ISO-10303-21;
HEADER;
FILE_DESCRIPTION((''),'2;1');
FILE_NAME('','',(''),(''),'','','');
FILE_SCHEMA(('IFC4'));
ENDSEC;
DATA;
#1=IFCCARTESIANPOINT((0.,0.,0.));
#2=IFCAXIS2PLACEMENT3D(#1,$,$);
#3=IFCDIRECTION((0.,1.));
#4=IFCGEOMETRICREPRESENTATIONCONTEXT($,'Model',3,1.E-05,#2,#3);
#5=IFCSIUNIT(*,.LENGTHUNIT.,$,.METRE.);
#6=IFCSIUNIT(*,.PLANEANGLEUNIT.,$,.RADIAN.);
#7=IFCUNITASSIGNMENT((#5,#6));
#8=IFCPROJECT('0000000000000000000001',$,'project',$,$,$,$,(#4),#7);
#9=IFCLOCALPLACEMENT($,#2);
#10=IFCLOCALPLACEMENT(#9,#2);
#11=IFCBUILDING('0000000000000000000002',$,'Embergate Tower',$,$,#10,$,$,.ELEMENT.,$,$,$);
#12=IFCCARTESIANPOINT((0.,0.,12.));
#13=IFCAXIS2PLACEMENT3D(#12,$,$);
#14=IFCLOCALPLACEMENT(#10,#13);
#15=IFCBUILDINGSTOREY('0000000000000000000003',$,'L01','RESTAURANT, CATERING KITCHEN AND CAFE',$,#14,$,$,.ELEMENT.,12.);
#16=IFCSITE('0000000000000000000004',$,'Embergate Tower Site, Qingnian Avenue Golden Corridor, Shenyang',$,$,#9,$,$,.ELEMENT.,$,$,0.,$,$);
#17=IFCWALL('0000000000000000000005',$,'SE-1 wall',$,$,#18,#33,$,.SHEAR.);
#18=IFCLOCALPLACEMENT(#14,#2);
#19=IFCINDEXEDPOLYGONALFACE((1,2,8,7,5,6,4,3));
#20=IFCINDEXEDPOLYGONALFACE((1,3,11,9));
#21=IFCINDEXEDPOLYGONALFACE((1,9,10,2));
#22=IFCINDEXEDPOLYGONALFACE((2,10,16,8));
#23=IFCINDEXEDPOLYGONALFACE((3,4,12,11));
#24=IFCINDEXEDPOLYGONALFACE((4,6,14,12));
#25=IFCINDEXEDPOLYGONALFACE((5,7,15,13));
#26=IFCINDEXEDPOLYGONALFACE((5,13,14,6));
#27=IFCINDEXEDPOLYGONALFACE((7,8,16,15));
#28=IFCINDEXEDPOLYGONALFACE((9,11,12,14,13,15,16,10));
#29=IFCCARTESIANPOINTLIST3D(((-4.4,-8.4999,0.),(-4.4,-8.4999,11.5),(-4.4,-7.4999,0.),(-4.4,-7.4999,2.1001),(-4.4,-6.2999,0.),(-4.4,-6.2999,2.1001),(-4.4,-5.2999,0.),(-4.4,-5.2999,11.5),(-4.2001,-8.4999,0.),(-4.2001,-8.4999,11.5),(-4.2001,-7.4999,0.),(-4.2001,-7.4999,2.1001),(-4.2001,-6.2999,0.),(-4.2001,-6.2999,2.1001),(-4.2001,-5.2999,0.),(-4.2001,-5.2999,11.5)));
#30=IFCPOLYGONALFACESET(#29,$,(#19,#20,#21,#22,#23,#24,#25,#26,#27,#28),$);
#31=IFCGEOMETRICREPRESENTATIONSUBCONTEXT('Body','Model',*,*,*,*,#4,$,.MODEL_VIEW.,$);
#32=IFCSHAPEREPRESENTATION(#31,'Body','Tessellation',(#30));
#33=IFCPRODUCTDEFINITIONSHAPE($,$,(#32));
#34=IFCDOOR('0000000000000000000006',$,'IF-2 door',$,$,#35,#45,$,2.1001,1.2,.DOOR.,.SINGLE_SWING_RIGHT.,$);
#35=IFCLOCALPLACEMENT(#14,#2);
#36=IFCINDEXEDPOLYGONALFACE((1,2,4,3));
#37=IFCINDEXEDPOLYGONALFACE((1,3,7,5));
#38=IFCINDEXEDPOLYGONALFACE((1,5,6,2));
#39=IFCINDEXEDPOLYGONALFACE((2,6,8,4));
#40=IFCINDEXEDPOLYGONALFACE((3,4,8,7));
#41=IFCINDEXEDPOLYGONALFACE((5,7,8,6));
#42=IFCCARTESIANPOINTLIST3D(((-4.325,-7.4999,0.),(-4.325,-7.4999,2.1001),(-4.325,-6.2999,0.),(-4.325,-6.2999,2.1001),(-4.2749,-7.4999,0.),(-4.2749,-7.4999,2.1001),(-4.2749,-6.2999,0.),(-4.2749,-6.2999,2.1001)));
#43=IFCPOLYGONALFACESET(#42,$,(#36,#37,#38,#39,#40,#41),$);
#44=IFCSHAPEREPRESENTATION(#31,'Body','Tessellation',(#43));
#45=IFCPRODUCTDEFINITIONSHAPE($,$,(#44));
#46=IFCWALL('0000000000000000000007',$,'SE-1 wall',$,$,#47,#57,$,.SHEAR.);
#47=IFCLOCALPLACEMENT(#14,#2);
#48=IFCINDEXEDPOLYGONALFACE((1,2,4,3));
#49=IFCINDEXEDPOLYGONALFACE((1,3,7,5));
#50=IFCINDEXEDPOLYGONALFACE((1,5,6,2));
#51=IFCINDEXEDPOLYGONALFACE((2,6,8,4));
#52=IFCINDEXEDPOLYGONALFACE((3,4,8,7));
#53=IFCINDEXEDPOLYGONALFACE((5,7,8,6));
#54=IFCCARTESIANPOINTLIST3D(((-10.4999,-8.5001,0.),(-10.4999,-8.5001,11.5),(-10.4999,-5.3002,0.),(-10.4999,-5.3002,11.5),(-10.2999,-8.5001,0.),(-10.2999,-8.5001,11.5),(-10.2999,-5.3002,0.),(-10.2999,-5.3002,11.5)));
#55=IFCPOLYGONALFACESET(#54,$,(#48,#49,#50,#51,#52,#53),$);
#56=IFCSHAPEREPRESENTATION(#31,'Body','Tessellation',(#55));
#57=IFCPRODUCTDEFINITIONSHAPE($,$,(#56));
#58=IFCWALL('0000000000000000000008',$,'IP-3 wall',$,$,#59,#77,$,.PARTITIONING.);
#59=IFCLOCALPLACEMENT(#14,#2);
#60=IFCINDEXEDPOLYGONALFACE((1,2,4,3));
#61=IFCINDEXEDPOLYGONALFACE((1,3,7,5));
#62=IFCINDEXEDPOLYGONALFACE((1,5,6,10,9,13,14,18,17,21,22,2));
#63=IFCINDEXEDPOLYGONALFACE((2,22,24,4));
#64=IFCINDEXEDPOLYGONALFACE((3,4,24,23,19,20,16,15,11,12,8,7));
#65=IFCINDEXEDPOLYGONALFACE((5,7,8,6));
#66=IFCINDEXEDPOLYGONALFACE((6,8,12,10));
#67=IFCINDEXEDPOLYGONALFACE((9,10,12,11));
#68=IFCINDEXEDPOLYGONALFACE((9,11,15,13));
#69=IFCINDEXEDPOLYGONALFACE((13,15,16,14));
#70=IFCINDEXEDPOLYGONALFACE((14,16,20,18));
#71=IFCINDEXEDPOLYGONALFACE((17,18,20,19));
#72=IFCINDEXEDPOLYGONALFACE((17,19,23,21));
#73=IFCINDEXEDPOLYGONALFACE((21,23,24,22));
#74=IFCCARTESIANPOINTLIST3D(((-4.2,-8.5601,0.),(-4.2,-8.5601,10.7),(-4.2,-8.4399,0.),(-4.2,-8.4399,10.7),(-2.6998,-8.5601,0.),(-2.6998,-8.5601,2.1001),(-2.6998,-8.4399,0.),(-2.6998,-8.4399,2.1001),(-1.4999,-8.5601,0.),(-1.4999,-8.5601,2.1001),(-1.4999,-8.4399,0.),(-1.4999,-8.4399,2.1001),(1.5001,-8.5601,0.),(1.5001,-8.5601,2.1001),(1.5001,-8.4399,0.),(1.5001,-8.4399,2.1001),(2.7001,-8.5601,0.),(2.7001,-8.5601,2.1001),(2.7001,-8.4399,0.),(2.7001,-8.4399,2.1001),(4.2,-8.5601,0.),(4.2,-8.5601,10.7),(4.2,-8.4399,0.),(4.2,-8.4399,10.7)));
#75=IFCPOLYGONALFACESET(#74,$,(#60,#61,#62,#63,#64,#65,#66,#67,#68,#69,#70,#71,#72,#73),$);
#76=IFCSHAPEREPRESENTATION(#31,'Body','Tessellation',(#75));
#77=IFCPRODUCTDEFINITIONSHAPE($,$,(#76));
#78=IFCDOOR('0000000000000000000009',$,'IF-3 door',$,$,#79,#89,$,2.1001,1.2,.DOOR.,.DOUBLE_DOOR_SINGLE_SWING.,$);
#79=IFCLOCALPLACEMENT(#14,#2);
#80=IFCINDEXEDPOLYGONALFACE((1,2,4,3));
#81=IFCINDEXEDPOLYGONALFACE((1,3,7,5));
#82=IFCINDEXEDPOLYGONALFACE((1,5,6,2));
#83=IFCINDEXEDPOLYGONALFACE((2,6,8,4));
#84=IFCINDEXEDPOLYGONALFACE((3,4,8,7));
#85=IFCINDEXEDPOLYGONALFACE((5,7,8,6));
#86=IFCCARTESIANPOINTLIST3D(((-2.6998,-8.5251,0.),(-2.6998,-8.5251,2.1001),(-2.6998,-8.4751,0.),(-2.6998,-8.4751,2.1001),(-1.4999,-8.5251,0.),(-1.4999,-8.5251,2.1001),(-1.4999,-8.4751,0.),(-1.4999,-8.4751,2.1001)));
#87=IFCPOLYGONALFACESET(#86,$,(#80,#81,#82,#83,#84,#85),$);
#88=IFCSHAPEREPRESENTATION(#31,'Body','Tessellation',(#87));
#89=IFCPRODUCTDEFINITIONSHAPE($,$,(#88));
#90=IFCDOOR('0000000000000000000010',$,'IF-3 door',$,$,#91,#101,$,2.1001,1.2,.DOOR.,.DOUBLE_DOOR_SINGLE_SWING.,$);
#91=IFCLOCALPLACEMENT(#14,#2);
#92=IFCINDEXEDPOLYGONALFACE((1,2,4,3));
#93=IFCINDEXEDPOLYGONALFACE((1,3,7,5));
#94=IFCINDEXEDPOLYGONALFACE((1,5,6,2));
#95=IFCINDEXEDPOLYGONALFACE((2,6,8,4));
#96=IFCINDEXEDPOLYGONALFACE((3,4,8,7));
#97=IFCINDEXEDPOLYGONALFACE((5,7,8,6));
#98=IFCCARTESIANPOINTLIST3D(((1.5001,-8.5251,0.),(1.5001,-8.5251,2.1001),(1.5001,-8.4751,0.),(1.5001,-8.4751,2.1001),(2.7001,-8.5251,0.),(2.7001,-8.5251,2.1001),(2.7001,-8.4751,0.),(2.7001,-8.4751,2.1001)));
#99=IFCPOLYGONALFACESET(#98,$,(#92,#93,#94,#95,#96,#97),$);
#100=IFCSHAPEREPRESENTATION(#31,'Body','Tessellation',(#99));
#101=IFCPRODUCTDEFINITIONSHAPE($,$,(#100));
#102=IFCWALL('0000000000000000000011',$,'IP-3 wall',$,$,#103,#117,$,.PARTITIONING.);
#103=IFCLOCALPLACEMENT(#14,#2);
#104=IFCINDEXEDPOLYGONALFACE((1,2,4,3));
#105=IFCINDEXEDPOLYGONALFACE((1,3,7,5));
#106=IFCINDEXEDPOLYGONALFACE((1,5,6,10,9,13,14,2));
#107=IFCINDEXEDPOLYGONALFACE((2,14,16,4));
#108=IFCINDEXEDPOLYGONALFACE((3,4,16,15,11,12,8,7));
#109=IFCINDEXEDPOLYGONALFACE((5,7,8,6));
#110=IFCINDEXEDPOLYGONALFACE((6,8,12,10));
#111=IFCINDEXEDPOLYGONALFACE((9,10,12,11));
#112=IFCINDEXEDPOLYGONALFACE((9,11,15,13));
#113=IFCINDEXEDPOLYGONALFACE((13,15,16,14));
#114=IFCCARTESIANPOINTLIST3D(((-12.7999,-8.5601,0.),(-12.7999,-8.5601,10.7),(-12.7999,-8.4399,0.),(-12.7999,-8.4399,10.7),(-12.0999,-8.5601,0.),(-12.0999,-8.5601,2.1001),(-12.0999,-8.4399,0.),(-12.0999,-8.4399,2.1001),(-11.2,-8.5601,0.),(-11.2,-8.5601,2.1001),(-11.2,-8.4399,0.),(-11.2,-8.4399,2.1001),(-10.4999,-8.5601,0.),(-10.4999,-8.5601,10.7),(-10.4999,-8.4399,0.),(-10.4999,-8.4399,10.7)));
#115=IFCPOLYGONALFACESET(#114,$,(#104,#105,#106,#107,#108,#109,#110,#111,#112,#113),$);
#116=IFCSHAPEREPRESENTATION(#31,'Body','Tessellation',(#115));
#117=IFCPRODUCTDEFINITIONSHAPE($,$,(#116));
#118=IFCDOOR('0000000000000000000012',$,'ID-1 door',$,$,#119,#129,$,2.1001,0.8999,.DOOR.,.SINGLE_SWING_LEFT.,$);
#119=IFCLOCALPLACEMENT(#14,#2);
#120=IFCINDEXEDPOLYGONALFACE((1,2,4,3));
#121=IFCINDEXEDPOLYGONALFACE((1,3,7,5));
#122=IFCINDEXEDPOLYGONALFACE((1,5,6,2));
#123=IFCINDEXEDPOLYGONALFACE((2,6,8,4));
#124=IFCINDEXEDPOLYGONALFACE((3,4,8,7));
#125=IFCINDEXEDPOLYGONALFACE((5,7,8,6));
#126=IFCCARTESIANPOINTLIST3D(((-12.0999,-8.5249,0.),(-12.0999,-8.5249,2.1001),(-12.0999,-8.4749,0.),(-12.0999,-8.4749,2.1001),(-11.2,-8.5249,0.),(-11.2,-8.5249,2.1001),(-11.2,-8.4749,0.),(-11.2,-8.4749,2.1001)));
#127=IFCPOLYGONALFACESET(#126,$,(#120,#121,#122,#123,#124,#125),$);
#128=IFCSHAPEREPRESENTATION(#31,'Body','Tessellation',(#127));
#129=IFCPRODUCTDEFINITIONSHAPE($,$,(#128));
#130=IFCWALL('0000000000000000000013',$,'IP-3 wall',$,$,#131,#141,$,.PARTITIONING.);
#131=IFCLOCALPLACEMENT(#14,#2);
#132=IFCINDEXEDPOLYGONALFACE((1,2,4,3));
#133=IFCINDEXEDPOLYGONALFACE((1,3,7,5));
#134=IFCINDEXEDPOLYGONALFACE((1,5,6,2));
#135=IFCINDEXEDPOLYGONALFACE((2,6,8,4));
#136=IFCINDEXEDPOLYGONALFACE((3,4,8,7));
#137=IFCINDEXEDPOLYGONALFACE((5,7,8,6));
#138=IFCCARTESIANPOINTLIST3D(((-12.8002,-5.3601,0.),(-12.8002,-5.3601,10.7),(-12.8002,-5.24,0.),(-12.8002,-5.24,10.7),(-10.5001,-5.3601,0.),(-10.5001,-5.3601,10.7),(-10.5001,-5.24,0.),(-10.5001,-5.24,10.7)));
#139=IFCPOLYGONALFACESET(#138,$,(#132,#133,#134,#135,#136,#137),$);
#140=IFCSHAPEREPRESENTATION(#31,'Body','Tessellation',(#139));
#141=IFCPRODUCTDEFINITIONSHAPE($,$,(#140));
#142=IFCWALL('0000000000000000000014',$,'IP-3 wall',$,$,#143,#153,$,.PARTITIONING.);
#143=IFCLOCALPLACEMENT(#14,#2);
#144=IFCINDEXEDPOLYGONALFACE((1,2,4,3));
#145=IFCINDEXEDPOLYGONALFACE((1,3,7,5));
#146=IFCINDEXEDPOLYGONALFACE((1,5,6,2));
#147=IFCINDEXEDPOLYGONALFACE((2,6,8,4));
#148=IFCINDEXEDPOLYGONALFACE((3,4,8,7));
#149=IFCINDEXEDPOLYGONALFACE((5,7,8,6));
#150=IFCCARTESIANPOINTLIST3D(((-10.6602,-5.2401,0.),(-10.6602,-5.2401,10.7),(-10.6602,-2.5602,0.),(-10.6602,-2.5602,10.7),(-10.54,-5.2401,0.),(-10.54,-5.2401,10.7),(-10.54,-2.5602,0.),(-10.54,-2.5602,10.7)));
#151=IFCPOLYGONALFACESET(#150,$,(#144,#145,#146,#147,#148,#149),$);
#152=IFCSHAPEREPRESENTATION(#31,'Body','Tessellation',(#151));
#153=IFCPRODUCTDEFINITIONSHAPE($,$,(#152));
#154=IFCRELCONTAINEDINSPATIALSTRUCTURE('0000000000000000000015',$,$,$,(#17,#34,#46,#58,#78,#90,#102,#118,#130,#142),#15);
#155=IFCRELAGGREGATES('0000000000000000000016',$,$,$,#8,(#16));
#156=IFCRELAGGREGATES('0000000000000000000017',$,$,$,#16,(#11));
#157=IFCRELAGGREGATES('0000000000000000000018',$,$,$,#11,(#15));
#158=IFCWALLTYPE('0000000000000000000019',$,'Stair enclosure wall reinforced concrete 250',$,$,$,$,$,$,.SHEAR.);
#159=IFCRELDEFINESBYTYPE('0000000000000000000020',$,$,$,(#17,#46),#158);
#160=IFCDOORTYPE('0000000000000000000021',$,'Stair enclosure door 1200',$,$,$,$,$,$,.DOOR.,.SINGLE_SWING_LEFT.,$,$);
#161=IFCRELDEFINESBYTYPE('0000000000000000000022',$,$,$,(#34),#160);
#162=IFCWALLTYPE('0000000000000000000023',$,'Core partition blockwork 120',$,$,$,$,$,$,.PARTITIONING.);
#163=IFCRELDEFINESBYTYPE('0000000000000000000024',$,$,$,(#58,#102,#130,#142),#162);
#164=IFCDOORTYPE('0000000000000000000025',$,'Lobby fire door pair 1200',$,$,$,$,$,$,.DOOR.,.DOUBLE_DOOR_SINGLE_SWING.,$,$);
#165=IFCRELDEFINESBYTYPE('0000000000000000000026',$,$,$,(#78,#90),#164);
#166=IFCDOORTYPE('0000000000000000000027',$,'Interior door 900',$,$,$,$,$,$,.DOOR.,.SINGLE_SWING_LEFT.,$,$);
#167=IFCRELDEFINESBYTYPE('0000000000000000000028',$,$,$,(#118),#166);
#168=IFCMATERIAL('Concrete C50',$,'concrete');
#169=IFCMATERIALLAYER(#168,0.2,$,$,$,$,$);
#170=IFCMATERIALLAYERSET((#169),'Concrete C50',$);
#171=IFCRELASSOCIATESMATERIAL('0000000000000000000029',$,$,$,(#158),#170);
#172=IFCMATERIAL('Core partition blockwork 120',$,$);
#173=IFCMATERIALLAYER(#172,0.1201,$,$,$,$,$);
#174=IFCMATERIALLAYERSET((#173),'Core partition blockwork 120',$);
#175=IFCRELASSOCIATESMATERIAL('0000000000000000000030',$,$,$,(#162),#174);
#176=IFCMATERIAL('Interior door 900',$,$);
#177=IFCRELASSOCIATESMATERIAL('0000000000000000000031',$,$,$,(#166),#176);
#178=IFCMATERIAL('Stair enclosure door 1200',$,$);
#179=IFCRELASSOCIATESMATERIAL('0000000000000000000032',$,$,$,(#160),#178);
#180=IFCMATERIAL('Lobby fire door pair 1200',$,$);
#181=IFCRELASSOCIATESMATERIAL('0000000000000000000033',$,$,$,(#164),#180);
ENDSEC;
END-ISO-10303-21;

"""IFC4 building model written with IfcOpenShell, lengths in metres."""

from ifc_helpers import new_model, si_unit, direction, frame, frame_2d, origin, place, context, subcontext, project, spatial, rectangle, extrude, source, transform, mapped, material, layer, layer_set, type_object, element, fill, save


model = new_model("IFC4")

# Units and contexts
model_context = context("Model", 3, precision=1e-05, world=origin(), true_north=direction((0.0, 1.0)))
body_context = subcontext(model_context, "Body", "Model", "MODEL_VIEW")
ifc_project = project(units=[si_unit("LENGTHUNIT", "METRE"), si_unit("PLANEANGLEUNIT", "RADIAN")], contexts=[model_context])

# Site, building, storey
site_placement = place(None, origin())
site = spatial("IfcSite", under=ifc_project, at=site_placement, Name="Embergate Tower Site, Qingnian Avenue Golden Corridor, Shenyang", CompositionType="ELEMENT", RefElevation=0.0)
building_placement = place(site_placement, origin())
building = spatial("IfcBuilding", under=site, at=building_placement, Name="Embergate Tower", CompositionType="ELEMENT")
storey_placement = place(building_placement, frame((0.0, 0.0, 12.0)))
storey = spatial("IfcBuildingStorey", under=building, at=storey_placement, Name="L01", Description="RESTAURANT, CATERING KITCHEN AND CAFE", CompositionType="ELEMENT", Elevation=12.0)

# Shared definitions
ifc_material_1 = material(Name="Concrete C50", Category="concrete")
ifc_layer_1 = layer(ifc_material_1, 0.2)
ifc_layer_set_1 = layer_set([ifc_layer_1], Name="Concrete C50")
wall_type_1 = type_object("IfcWallType", Name="Stair enclosure wall reinforced concrete 250", PredefinedType="SHEAR", material=ifc_layer_set_1)

# Shared definitions
ifc_material_2 = material(Name="Core partition blockwork 120")
ifc_layer_2 = layer(ifc_material_2, 0.1201)
ifc_layer_set_2 = layer_set([ifc_layer_2], Name="Core partition blockwork 120")
wall_type_2 = type_object("IfcWallType", Name="Core partition blockwork 120", PredefinedType="PARTITIONING", material=ifc_layer_set_2)
shared_shape_1 = source(origin(), body_context, "Body", "SweptSolid", [
    extrude(rectangle(XDim=0.8999, YDim=2.1001, at=frame_2d((0.45, 1.05))), frame((0.0, 0.0701, 0.0), z_axis=(0.0, -1.0, 0.0), x_axis=(1.0, 0.0, 0.0)), (0.0, 0.0, 1.0), 0.1401),
])
ifc_material_3 = material(Name="Interior door 900")
door_type_1 = type_object("IfcDoorType", Name="Interior door 900", OperationType="SINGLE_SWING_LEFT", PredefinedType="DOOR", material=ifc_material_3)
shared_shape_2 = source(origin(), body_context, "Body", "SweptSolid", [
    extrude(rectangle(XDim=0.8999, YDim=2.1001, at=frame_2d((0.45, 1.05))), frame((0.0, 0.0249, 0.0), z_axis=(0.0, -1.0, 0.0), x_axis=(1.0, 0.0, 0.0)), (0.0, 0.0, 1.0), 0.05),
])

# Wall, opening, door
shared_shape_3 = source(origin(), body_context, "Body", "SweptSolid", [
    extrude(rectangle(XDim=3.2, YDim=0.2, at=frame_2d((1.6001, 0.0))), origin(), (0.0, 0.0, 1.0), 11.5),
])
wall_1_placement = place(storey_placement, frame((-4.3, -8.5, 0.0), z_axis=(0.0, 0.0, 1.0), x_axis=(0.0, 1.0, 0.0)))
wall_1 = element("IfcWall", 1, at=wall_1_placement, inside=storey, type_object=wall_type_1, Name="SE-1 wall", PredefinedType="SHEAR", context=body_context, shape_type="MappedRepresentation", body=[
    mapped(shared_shape_3, transform((0.0, 0.0, 0.0))),
])
shared_shape_4 = source(origin(), body_context, "Body", "SweptSolid", [
    extrude(rectangle(XDim=1.2, YDim=2.1001, at=frame_2d((0.6001, 1.05))), frame((0.0, 0.1099, 0.0), z_axis=(0.0, -1.0, 0.0), x_axis=(1.0, 0.0, 0.0)), (0.0, 0.0, 1.0), 0.22),
])
opening_1_placement = place(wall_1_placement, frame((1.0, 0.0, 0.0)))
opening_1 = element("IfcOpeningElement", 2, at=opening_1_placement, cuts=wall_1, PredefinedType="OPENING", context=body_context, shape_type="MappedRepresentation", body=[
    mapped(shared_shape_4, transform((0.0, 0.0, 0.0))),
])
ifc_material_4 = material(Name="Stair enclosure door 1200")
door_type_2 = type_object("IfcDoorType", Name="Stair enclosure door 1200", OperationType="SINGLE_SWING_LEFT", PredefinedType="DOOR", material=ifc_material_4)
shared_shape_5 = source(origin(), body_context, "Body", "SweptSolid", [
    extrude(rectangle(XDim=1.2, YDim=2.1001, at=frame_2d((0.6001, 1.05))), frame((0.0, 0.0249, 0.0), z_axis=(0.0, -1.0, 0.0), x_axis=(1.0, 0.0, 0.0)), (0.0, 0.0, 1.0), 0.05),
])
door_1_placement = place(opening_1_placement, origin())
door_1 = element("IfcDoor", 3, at=door_1_placement, inside=storey, type_object=door_type_2, Name="IF-2 door", OperationType="SINGLE_SWING_RIGHT", OverallHeight=2.1001, OverallWidth=1.2, PredefinedType="DOOR", context=body_context, shape_type="MappedRepresentation", body=[
    mapped(shared_shape_5, transform((0.0, 0.0, 0.0))),
])
fill(opening_1, door_1)

# Wall
wall_2_placement = place(storey_placement, frame((-10.3999, -5.3, 0.0), z_axis=(0.0, 0.0, 1.0), x_axis=(0.0, -1.0, 0.0)))
element("IfcWall", 4, at=wall_2_placement, inside=storey, type_object=wall_type_1, Name="SE-1 wall", PredefinedType="SHEAR", context=body_context, shape_type="MappedRepresentation", body=[
    mapped(shared_shape_3, transform((0.0, 0.0, 0.0))),
])

# Wall, openings, doors
shared_shape_6 = source(origin(), body_context, "Body", "SweptSolid", [
    extrude(rectangle(XDim=8.3999, YDim=0.1201, at=frame_2d((4.2, 0.0))), origin(), (0.0, 0.0, 1.0), 10.7),
])
wall_3_placement = place(storey_placement, frame((-4.2, -8.5, 0.0), z_axis=(0.0, 0.0, 1.0), x_axis=(1.0, 0.0, 0.0)))
wall_3 = element("IfcWall", 5, at=wall_3_placement, inside=storey, type_object=wall_type_2, Name="IP-3 wall", PredefinedType="PARTITIONING", context=body_context, shape_type="MappedRepresentation", body=[
    mapped(shared_shape_6, transform((0.0, 0.0, 0.0))),
])
shared_shape_7 = source(origin(), body_context, "Body", "SweptSolid", [
    extrude(rectangle(XDim=1.2, YDim=2.1001, at=frame_2d((0.6001, 1.05))), frame((0.0, 0.0701, 0.0), z_axis=(0.0, -1.0, 0.0), x_axis=(1.0, 0.0, 0.0)), (0.0, 0.0, 1.0), 0.1401),
])
opening_2_placement = place(wall_3_placement, frame((1.5, 0.0, 0.0)))
opening_2 = element("IfcOpeningElement", 6, at=opening_2_placement, cuts=wall_3, PredefinedType="OPENING", context=body_context, shape_type="MappedRepresentation", body=[
    mapped(shared_shape_7, transform((0.0, 0.0, 0.0))),
])
opening_3_placement = place(wall_3_placement, frame((5.7, 0.0, 0.0)))
opening_3 = element("IfcOpeningElement", 7, at=opening_3_placement, cuts=wall_3, PredefinedType="OPENING", context=body_context, shape_type="MappedRepresentation", body=[
    mapped(shared_shape_7, transform((0.0, 0.0, 0.0))),
])
ifc_material_5 = material(Name="Lobby fire door pair 1200")
door_type_3 = type_object("IfcDoorType", Name="Lobby fire door pair 1200", OperationType="DOUBLE_DOOR_SINGLE_SWING", PredefinedType="DOOR", material=ifc_material_5)
door_2_placement = place(opening_2_placement, origin())
door_2 = element("IfcDoor", 8, at=door_2_placement, inside=storey, type_object=door_type_3, Name="IF-3 door", OperationType="DOUBLE_DOOR_SINGLE_SWING", OverallHeight=2.1001, OverallWidth=1.2, PredefinedType="DOOR", context=body_context, shape_type="MappedRepresentation", body=[
    mapped(shared_shape_5, transform((0.0, 0.0, 0.0))),
])
fill(opening_2, door_2)
door_3_placement = place(opening_3_placement, origin())
door_3 = element("IfcDoor", 9, at=door_3_placement, inside=storey, type_object=door_type_3, Name="IF-3 door", OperationType="DOUBLE_DOOR_SINGLE_SWING", OverallHeight=2.1001, OverallWidth=1.2, PredefinedType="DOOR", context=body_context, shape_type="MappedRepresentation", body=[
    mapped(shared_shape_5, transform((0.0, 0.0, 0.0))),
])
fill(opening_3, door_3)

# Wall, opening, door
shared_shape_8 = source(origin(), body_context, "Body", "SweptSolid", [
    extrude(rectangle(XDim=2.3, YDim=0.1201, at=frame_2d((1.1499, 0.0))), origin(), (0.0, 0.0, 1.0), 10.7),
])
wall_4_placement = place(storey_placement, frame((-10.5, -8.5, 0.0), z_axis=(0.0, 0.0, 1.0), x_axis=(-1.0, 0.0, 0.0)))
wall_4 = element("IfcWall", 10, at=wall_4_placement, inside=storey, type_object=wall_type_2, Name="IP-3 wall", PredefinedType="PARTITIONING", context=body_context, shape_type="MappedRepresentation", body=[
    mapped(shared_shape_8, transform((0.0, 0.0, 0.0))),
])
opening_4_placement = place(wall_4_placement, frame((0.7, 0.0, 0.0)))
opening_4 = element("IfcOpeningElement", 11, at=opening_4_placement, cuts=wall_4, PredefinedType="OPENING", context=body_context, shape_type="MappedRepresentation", body=[
    mapped(shared_shape_1, transform((0.0, 0.0, 0.0))),
])
door_4_placement = place(opening_4_placement, origin())
door_4 = element("IfcDoor", 12, at=door_4_placement, inside=storey, type_object=door_type_1, Name="ID-1 door", OperationType="SINGLE_SWING_LEFT", OverallHeight=2.1001, OverallWidth=0.8999, PredefinedType="DOOR", context=body_context, shape_type="MappedRepresentation", body=[
    mapped(shared_shape_2, transform((0.0, 0.0, 0.0))),
])
fill(opening_4, door_4)

# Walls
wall_5_placement = place(storey_placement, frame((-12.8, -5.3, 0.0), z_axis=(0.0, 0.0, 1.0), x_axis=(1.0, 0.0, 0.0)))
element("IfcWall", 13, at=wall_5_placement, inside=storey, type_object=wall_type_2, Name="IP-3 wall", PredefinedType="PARTITIONING", context=body_context, shape_type="MappedRepresentation", body=[
    mapped(shared_shape_8, transform((0.0, 0.0, 0.0))),
])
shared_shape_9 = source(origin(), body_context, "Body", "SweptSolid", [
    extrude(rectangle(XDim=2.6799, YDim=0.1201, at=frame_2d((1.3398, 0.0))), origin(), (0.0, 0.0, 1.0), 10.7),
])
wall_6_placement = place(storey_placement, frame((-10.6001, -5.24, 0.0), z_axis=(0.0, 0.0, 1.0), x_axis=(0.0, 1.0, 0.0)))
element("IfcWall", 14, at=wall_6_placement, inside=storey, type_object=wall_type_2, Name="IP-3 wall", PredefinedType="PARTITIONING", context=body_context, shape_type="MappedRepresentation", body=[
    mapped(shared_shape_9, transform((0.0, 0.0, 0.0))),
])

save(model, "model.ifc")
